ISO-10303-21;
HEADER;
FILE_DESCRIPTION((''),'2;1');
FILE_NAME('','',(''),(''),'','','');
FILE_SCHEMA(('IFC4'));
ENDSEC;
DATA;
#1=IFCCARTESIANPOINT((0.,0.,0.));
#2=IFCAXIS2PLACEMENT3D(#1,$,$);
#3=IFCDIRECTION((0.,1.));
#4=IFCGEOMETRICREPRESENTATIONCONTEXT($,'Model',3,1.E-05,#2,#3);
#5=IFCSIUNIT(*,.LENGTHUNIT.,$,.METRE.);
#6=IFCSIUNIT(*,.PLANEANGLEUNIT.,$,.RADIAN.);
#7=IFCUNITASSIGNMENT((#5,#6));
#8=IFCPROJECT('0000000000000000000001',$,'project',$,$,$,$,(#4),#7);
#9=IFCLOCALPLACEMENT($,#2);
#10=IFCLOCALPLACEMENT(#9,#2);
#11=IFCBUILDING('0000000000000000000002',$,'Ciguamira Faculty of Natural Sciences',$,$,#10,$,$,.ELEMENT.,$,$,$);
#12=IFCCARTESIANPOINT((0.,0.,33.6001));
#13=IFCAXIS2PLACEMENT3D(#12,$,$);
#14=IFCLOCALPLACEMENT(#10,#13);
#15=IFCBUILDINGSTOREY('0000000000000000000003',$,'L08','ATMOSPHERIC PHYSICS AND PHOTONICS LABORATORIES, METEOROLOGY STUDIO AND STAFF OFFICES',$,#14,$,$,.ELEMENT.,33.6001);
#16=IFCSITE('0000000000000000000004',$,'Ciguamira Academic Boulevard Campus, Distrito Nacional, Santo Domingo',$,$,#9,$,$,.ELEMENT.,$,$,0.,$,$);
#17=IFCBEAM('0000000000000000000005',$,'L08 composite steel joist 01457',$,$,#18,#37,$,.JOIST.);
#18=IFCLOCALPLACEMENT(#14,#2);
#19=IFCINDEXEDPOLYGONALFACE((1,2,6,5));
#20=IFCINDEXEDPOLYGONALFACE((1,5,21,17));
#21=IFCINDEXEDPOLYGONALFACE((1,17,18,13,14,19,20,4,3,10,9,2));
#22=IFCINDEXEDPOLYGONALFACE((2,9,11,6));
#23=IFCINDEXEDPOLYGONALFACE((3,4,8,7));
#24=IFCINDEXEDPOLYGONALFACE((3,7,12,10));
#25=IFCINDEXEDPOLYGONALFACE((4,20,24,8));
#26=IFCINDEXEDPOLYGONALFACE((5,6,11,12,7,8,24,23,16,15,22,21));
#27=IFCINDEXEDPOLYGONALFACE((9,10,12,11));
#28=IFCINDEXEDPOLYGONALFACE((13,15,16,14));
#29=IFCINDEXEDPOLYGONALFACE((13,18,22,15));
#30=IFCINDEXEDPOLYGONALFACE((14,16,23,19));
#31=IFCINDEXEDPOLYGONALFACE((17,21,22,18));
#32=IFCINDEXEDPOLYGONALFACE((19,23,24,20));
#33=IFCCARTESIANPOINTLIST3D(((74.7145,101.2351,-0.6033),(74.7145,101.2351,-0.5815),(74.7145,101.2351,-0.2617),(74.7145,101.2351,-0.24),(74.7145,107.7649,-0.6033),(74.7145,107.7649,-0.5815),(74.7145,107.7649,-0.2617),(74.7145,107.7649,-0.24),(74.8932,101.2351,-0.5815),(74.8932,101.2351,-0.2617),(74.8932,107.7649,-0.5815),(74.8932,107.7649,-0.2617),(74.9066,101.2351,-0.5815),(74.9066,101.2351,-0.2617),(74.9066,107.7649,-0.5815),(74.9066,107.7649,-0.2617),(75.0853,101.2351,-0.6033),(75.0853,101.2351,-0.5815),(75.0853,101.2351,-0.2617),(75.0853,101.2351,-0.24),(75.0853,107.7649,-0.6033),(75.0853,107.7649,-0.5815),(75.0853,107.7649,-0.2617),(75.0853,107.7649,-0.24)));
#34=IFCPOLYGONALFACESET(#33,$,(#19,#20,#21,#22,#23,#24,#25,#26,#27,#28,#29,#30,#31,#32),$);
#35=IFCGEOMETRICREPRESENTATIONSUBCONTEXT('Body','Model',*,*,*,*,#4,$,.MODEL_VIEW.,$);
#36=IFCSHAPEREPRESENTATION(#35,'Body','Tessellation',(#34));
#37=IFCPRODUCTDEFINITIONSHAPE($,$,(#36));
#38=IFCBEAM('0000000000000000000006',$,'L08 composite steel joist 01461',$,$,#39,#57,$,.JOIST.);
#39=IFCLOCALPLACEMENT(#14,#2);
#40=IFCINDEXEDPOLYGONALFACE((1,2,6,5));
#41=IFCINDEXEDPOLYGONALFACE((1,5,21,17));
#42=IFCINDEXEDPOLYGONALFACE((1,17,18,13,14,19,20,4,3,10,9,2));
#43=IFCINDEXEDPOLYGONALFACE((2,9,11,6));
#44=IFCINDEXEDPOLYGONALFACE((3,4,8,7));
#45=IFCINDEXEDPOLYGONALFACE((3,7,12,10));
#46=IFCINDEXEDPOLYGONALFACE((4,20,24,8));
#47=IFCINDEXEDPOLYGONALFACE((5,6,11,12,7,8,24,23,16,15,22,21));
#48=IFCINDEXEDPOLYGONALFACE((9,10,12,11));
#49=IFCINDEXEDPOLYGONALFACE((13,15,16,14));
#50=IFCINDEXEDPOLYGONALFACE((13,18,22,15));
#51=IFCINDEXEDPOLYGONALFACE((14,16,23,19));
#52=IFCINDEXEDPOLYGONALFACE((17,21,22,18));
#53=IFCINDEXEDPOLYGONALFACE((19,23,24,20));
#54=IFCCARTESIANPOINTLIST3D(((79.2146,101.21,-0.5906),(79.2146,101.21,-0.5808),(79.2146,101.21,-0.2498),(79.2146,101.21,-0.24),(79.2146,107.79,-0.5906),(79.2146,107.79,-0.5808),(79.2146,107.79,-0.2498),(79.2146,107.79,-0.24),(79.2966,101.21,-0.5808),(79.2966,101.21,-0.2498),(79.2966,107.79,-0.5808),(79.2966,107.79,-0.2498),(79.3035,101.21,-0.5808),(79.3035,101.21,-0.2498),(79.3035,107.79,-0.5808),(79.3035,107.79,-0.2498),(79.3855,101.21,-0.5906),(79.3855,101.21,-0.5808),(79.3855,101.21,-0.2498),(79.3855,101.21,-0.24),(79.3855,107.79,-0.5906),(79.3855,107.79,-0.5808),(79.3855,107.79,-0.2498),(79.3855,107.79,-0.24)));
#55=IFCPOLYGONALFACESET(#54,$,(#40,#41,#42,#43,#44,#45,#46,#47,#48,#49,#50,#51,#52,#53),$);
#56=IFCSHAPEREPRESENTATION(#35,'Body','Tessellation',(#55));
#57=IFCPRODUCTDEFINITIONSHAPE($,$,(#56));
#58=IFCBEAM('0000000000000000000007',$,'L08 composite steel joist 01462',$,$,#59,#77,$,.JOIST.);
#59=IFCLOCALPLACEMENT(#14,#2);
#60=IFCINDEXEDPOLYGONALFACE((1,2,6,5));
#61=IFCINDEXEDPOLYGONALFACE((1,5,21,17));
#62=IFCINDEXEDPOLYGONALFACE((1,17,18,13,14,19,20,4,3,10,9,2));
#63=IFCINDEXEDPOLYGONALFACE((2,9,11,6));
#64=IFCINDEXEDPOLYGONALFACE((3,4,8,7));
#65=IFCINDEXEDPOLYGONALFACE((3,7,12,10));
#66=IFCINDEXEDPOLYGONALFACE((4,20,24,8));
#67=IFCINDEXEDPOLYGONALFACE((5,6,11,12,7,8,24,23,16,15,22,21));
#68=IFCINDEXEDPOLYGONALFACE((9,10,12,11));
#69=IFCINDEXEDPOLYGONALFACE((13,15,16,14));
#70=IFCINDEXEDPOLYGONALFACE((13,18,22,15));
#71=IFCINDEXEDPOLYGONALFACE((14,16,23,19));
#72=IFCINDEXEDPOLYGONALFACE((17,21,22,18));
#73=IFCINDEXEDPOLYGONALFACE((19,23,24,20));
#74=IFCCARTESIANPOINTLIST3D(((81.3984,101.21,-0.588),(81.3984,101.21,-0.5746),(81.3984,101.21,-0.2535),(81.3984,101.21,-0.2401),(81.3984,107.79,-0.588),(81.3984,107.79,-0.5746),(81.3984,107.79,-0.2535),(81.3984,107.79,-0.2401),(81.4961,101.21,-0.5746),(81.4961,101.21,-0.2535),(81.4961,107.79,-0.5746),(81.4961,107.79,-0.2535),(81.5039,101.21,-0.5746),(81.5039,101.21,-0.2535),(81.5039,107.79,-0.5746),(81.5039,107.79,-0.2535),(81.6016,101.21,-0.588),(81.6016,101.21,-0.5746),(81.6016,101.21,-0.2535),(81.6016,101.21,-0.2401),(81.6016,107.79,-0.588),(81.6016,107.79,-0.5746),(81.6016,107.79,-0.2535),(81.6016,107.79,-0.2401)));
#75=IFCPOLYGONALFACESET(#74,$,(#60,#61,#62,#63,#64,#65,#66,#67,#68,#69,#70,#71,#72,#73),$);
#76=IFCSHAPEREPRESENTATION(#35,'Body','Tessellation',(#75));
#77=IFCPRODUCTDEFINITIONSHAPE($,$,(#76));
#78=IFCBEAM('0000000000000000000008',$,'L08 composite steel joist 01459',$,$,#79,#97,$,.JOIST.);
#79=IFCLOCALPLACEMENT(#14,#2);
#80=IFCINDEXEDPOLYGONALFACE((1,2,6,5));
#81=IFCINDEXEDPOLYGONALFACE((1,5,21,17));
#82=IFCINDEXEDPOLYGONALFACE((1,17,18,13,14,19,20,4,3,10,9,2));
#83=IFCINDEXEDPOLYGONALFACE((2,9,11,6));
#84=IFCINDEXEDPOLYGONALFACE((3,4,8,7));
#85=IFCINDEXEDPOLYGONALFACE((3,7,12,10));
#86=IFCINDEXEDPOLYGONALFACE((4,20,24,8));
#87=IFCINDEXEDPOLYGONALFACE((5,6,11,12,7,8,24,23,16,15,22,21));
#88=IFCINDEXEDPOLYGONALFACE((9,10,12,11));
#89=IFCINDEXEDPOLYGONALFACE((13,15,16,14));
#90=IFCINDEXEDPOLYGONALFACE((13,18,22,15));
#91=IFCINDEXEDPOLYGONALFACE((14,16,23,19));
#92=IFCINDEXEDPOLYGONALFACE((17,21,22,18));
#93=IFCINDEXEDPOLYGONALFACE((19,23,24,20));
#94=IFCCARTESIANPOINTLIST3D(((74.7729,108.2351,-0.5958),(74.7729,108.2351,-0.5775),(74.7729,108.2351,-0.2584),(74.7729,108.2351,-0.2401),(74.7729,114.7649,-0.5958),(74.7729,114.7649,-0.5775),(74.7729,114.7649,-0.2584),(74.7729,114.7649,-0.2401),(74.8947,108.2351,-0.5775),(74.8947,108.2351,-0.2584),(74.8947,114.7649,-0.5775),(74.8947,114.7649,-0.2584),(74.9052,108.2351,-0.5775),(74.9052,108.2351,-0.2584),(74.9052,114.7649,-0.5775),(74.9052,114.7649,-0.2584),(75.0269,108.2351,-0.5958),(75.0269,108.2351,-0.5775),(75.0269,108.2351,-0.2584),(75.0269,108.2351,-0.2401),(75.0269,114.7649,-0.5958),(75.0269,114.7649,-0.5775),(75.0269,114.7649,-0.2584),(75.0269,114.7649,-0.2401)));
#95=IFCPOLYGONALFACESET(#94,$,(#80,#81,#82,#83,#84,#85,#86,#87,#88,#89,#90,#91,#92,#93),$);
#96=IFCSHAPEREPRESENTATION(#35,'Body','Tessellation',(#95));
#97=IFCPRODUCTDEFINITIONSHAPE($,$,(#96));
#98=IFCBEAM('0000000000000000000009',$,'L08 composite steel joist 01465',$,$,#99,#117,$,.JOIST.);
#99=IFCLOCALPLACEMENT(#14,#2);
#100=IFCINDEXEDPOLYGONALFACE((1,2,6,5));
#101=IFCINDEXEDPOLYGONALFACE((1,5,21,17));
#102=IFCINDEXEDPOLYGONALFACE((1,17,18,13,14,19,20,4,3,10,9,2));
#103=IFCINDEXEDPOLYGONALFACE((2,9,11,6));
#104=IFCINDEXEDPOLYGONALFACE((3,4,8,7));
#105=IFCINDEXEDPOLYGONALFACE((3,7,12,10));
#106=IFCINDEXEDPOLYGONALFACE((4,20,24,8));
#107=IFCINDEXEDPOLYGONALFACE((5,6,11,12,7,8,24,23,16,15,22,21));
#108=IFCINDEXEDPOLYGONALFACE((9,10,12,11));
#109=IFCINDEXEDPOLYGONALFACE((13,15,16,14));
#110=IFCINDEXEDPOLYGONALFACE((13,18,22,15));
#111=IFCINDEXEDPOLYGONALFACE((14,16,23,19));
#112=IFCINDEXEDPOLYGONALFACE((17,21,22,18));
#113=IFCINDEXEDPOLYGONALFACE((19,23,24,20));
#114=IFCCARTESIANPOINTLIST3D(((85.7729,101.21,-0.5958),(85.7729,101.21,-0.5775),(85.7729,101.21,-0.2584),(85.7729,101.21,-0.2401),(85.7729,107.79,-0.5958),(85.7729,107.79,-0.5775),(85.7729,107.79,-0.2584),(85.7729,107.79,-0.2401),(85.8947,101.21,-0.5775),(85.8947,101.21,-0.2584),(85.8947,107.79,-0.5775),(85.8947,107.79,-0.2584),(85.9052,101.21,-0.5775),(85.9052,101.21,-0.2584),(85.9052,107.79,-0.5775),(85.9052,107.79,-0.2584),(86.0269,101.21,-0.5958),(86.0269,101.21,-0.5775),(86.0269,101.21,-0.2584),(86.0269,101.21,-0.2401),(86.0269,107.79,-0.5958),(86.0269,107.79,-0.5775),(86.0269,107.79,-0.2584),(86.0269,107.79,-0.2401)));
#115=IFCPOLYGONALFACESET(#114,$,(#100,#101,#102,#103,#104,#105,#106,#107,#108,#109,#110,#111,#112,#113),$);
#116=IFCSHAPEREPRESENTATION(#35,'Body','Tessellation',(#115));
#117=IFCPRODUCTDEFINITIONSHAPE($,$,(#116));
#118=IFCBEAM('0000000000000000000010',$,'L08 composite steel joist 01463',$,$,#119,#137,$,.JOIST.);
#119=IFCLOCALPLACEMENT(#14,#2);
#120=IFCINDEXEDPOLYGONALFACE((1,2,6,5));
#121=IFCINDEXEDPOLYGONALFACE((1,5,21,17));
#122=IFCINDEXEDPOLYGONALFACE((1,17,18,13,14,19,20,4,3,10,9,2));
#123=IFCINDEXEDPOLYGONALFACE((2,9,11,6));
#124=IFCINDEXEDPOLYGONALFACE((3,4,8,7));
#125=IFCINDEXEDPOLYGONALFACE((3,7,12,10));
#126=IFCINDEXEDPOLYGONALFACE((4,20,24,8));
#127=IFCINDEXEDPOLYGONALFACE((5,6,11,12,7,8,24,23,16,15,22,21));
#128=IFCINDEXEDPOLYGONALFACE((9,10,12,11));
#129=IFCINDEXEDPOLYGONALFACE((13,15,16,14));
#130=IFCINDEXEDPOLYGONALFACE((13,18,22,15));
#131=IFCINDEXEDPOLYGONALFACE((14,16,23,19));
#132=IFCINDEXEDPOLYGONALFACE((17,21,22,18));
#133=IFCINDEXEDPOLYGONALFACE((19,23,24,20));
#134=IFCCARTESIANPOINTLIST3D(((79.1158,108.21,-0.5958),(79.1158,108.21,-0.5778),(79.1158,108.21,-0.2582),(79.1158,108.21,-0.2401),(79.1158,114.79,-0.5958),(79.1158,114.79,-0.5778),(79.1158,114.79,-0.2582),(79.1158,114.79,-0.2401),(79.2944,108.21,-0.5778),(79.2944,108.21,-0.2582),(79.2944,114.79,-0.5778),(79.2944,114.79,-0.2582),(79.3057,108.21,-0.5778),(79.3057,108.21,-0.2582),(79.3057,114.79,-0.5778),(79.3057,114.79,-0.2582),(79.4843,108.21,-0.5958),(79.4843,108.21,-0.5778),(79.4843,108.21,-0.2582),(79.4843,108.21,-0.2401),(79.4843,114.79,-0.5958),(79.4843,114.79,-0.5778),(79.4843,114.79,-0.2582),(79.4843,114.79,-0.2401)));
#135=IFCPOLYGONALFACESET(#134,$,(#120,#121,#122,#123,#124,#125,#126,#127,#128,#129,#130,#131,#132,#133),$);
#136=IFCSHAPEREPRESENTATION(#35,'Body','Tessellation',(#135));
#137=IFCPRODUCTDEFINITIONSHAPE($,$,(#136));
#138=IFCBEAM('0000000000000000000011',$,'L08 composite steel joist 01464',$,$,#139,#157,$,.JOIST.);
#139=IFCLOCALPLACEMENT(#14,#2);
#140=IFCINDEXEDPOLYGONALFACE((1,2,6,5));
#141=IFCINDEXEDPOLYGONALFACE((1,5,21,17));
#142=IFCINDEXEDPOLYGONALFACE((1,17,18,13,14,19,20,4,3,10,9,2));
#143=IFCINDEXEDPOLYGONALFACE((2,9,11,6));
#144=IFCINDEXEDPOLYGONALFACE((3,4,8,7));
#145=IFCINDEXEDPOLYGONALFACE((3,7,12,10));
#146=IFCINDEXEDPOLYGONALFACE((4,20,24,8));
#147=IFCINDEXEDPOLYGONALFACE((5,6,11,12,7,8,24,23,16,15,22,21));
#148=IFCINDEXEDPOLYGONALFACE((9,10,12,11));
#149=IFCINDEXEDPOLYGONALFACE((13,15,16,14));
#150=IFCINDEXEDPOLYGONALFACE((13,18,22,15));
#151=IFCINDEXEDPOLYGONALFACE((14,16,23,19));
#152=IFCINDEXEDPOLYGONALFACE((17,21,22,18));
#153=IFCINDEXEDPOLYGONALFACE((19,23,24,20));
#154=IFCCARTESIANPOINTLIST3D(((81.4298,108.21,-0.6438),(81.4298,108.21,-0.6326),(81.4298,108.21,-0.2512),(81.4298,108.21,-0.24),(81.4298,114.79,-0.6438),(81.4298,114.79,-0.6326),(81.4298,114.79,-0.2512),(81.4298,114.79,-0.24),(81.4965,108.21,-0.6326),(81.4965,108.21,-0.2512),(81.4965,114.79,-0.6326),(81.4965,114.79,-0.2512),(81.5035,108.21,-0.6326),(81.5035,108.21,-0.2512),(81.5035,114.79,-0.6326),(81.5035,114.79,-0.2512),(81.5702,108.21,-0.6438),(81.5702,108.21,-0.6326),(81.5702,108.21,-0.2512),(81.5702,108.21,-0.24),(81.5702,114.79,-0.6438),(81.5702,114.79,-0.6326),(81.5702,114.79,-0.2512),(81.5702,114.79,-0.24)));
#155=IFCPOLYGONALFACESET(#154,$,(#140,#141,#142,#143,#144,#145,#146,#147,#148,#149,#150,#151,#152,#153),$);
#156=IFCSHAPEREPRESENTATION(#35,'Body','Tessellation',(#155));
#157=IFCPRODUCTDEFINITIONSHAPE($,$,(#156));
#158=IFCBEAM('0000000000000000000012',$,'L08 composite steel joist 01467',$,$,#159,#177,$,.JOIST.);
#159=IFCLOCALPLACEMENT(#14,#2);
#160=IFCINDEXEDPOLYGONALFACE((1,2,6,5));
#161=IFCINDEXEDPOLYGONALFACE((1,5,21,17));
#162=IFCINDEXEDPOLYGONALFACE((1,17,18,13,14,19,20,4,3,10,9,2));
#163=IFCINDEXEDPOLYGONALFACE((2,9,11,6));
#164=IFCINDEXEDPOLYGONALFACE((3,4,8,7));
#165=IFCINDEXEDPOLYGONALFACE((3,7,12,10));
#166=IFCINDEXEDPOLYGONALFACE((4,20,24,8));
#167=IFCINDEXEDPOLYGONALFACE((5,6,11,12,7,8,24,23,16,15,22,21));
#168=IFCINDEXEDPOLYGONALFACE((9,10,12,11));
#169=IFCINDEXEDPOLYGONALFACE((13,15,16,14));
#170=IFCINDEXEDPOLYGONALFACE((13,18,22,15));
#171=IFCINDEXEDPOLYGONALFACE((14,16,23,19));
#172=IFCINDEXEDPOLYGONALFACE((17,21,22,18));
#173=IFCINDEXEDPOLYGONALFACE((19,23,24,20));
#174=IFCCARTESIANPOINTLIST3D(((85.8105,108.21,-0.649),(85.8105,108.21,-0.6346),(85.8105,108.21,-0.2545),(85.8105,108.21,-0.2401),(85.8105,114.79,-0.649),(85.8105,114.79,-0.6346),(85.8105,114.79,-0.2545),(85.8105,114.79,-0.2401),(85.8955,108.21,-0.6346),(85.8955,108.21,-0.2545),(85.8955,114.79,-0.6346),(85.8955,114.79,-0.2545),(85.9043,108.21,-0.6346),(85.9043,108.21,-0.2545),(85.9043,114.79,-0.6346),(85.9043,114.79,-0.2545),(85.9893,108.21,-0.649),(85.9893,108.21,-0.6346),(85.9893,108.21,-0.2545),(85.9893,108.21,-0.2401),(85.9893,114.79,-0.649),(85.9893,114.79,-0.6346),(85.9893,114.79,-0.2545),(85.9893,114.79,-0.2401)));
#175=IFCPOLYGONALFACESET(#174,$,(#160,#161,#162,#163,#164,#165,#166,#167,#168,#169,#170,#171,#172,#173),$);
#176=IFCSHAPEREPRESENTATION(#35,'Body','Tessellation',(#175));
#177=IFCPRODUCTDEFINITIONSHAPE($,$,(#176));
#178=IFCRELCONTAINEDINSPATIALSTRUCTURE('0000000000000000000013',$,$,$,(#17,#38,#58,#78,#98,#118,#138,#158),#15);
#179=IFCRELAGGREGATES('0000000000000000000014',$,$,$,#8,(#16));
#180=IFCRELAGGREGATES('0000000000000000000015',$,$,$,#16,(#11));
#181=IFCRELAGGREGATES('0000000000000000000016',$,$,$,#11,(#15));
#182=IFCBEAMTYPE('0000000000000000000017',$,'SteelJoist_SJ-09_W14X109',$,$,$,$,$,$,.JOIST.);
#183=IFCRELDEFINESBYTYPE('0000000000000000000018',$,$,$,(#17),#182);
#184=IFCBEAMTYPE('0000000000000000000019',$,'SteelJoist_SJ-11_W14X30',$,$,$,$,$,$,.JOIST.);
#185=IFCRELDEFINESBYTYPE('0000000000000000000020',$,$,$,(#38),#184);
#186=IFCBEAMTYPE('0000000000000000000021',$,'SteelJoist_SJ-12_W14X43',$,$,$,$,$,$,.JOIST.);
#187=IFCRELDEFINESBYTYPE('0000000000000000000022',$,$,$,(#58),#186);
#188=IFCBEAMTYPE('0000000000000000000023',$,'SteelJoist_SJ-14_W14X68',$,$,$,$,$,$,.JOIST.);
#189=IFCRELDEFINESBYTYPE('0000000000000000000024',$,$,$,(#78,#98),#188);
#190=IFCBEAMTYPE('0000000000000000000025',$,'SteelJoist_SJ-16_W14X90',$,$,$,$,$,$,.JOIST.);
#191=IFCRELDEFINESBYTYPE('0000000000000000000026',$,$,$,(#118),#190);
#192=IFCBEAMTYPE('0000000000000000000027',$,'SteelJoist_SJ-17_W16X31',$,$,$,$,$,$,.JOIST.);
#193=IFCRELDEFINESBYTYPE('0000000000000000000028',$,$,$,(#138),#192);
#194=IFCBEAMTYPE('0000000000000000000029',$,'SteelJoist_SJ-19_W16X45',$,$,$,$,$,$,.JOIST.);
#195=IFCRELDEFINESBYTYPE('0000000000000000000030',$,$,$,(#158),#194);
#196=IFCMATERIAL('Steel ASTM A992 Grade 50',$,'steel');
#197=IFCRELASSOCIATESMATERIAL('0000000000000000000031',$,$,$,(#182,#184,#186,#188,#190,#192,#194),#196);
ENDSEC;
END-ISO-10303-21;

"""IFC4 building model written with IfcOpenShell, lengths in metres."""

from ifc_helpers import new_model, si_unit, direction, frame, origin, origin_2d, place, context, subcontext, project, spatial, i_section, extrude, material, material_profile, profile_set, type_object, element, save


model = new_model("IFC4")

# Units and contexts
model_context = context("Model", 3, precision=1e-05, world=origin(), true_north=direction((0.0, 1.0)))
body_context = subcontext(model_context, "Body", "Model", "MODEL_VIEW")
ifc_project = project(units=[si_unit("LENGTHUNIT", "METRE"), si_unit("PLANEANGLEUNIT", "RADIAN")], contexts=[model_context])

# Site, building, storey
site_placement = place(None, origin())
site = spatial("IfcSite", under=ifc_project, at=site_placement, Name="Ciguamira Academic Boulevard Campus, Distrito Nacional, Santo Domingo", CompositionType="ELEMENT", RefElevation=0.0)
building_placement = place(site_placement, origin())
building = spatial("IfcBuilding", under=site, at=building_placement, Name="Ciguamira Faculty of Natural Sciences", CompositionType="ELEMENT")
storey_placement = place(building_placement, frame((0.0, 0.0, 33.6001)))
storey = spatial("IfcBuildingStorey", under=building, at=storey_placement, Name="L08", Description="ATMOSPHERIC PHYSICS AND PHOTONICS LABORATORIES, METEOROLOGY STUDIO AND STAFF OFFICES", CompositionType="ELEMENT", Elevation=33.6001)

# Beams
ifc_material_1 = material(Name="Steel ASTM A992 Grade 50", Category="steel")
ifc_material_profile_1 = material_profile(ifc_material_1, i_section(OverallWidth=0.3708, OverallDepth=0.3633, WebThickness=0.0134, FlangeThickness=0.0217, at=origin_2d()), Name="W14X109")
ifc_profile_set_1 = profile_set([ifc_material_profile_1], Name="Steel ASTM A992 Grade 50")
beam_type_1 = type_object("IfcBeamType", Name="SteelJoist_SJ-09_W14X109", PredefinedType="JOIST", material=ifc_profile_set_1)
beam_1_placement = place(storey_placement, frame((74.8999, 101.2351, -0.4216), z_axis=(0.0, 1.0, 0.0), x_axis=(-1.0, 0.0, 0.0)))
element("IfcBeam", 1, at=beam_1_placement, inside=storey, type_object=beam_type_1, Name="L08 composite steel joist 01457", PredefinedType="JOIST", context=body_context, shape_type="SweptSolid", body=[
    extrude(i_section(OverallWidth=0.3708, OverallDepth=0.3633, WebThickness=0.0134, FlangeThickness=0.0217, at=origin_2d()), origin(), (0.0, 0.0, 1.0), 6.5298),
])
ifc_material_profile_2 = material_profile(ifc_material_1, i_section(OverallWidth=0.1709, OverallDepth=0.3506, WebThickness=0.0068, FlangeThickness=0.0098, at=origin_2d()), Name="W14X30")
ifc_profile_set_2 = profile_set([ifc_material_profile_2], Name="Steel ASTM A992 Grade 50")
beam_type_2 = type_object("IfcBeamType", Name="SteelJoist_SJ-11_W14X30", PredefinedType="JOIST", material=ifc_profile_set_2)
beam_2_placement = place(storey_placement, frame((79.3, 101.21, -0.4153), z_axis=(0.0, 1.0, 0.0), x_axis=(-1.0, 0.0, 0.0)))
element("IfcBeam", 2, at=beam_2_placement, inside=storey, type_object=beam_type_2, Name="L08 composite steel joist 01461", PredefinedType="JOIST", context=body_context, shape_type="SweptSolid", body=[
    extrude(i_section(OverallWidth=0.1709, OverallDepth=0.3506, WebThickness=0.0068, FlangeThickness=0.0098, at=origin_2d()), origin(), (0.0, 0.0, 1.0), 6.5801),
])
ifc_material_profile_3 = material_profile(ifc_material_1, i_section(OverallWidth=0.2031, OverallDepth=0.3479, WebThickness=0.0078, FlangeThickness=0.0134, at=origin_2d()), Name="W14X43")
ifc_profile_set_3 = profile_set([ifc_material_profile_3], Name="Steel ASTM A992 Grade 50")
beam_type_3 = type_object("IfcBeamType", Name="SteelJoist_SJ-12_W14X43", PredefinedType="JOIST", material=ifc_profile_set_3)
beam_3_placement = place(storey_placement, frame((81.5, 101.21, -0.4141), z_axis=(0.0, 1.0, 0.0), x_axis=(-1.0, 0.0, 0.0)))
element("IfcBeam", 3, at=beam_3_placement, inside=storey, type_object=beam_type_3, Name="L08 composite steel joist 01462", PredefinedType="JOIST", context=body_context, shape_type="SweptSolid", body=[
    extrude(i_section(OverallWidth=0.2031, OverallDepth=0.3479, WebThickness=0.0078, FlangeThickness=0.0134, at=origin_2d()), origin(), (0.0, 0.0, 1.0), 6.5801),
])
ifc_material_profile_4 = material_profile(ifc_material_1, i_section(OverallWidth=0.2539, OverallDepth=0.3557, WebThickness=0.0105, FlangeThickness=0.0183, at=origin_2d()), Name="W14X68")
ifc_profile_set_4 = profile_set([ifc_material_profile_4], Name="Steel ASTM A992 Grade 50")
beam_type_4 = type_object("IfcBeamType", Name="SteelJoist_SJ-14_W14X68", PredefinedType="JOIST", material=ifc_profile_set_4)
beam_4_placement = place(storey_placement, frame((74.8999, 108.2351, -0.418), z_axis=(0.0, 1.0, 0.0), x_axis=(-1.0, 0.0, 0.0)))
element("IfcBeam", 4, at=beam_4_placement, inside=storey, type_object=beam_type_4, Name="L08 composite steel joist 01459", PredefinedType="JOIST", context=body_context, shape_type="SweptSolid", body=[
    extrude(i_section(OverallWidth=0.2539, OverallDepth=0.3557, WebThickness=0.0105, FlangeThickness=0.0183, at=origin_2d()), origin(), (0.0, 0.0, 1.0), 6.5298),
])
beam_5_placement = place(storey_placement, frame((85.8999, 101.21, -0.418), z_axis=(0.0, 1.0, 0.0), x_axis=(-1.0, 0.0, 0.0)))
element("IfcBeam", 5, at=beam_5_placement, inside=storey, type_object=beam_type_4, Name="L08 composite steel joist 01465", PredefinedType="JOIST", context=body_context, shape_type="SweptSolid", body=[
    extrude(i_section(OverallWidth=0.2539, OverallDepth=0.3557, WebThickness=0.0105, FlangeThickness=0.0183, at=origin_2d()), origin(), (0.0, 0.0, 1.0), 6.5801),
])
ifc_material_profile_5 = material_profile(ifc_material_1, i_section(OverallWidth=0.3684, OverallDepth=0.3557, WebThickness=0.0112, FlangeThickness=0.0181, at=origin_2d()), Name="W14X90")
ifc_profile_set_5 = profile_set([ifc_material_profile_5], Name="Steel ASTM A992 Grade 50")
beam_type_5 = type_object("IfcBeamType", Name="SteelJoist_SJ-16_W14X90", PredefinedType="JOIST", material=ifc_profile_set_5)
beam_6_placement = place(storey_placement, frame((79.3, 108.21, -0.418), z_axis=(0.0, 1.0, 0.0), x_axis=(-1.0, 0.0, 0.0)))
element("IfcBeam", 6, at=beam_6_placement, inside=storey, type_object=beam_type_5, Name="L08 composite steel joist 01463", PredefinedType="JOIST", context=body_context, shape_type="SweptSolid", body=[
    extrude(i_section(OverallWidth=0.3684, OverallDepth=0.3557, WebThickness=0.0112, FlangeThickness=0.0181, at=origin_2d()), origin(), (0.0, 0.0, 1.0), 6.5801),
])
ifc_material_profile_6 = material_profile(ifc_material_1, i_section(OverallWidth=0.1404, OverallDepth=0.4038, WebThickness=0.0071, FlangeThickness=0.0112, at=origin_2d()), Name="W16X31")
ifc_profile_set_6 = profile_set([ifc_material_profile_6], Name="Steel ASTM A992 Grade 50")
beam_type_6 = type_object("IfcBeamType", Name="SteelJoist_SJ-17_W16X31", PredefinedType="JOIST", material=ifc_profile_set_6)
beam_7_placement = place(storey_placement, frame((81.5, 108.21, -0.4419), z_axis=(0.0, 1.0, 0.0), x_axis=(-1.0, 0.0, 0.0)))
element("IfcBeam", 7, at=beam_7_placement, inside=storey, type_object=beam_type_6, Name="L08 composite steel joist 01464", PredefinedType="JOIST", context=body_context, shape_type="SweptSolid", body=[
    extrude(i_section(OverallWidth=0.1404, OverallDepth=0.4038, WebThickness=0.0071, FlangeThickness=0.0112, at=origin_2d()), origin(), (0.0, 0.0, 1.0), 6.5801),
])
ifc_material_profile_7 = material_profile(ifc_material_1, i_section(OverallWidth=0.1787, OverallDepth=0.4089, WebThickness=0.0088, FlangeThickness=0.0144, at=origin_2d()), Name="W16X45")
ifc_profile_set_7 = profile_set([ifc_material_profile_7], Name="Steel ASTM A992 Grade 50")
beam_type_7 = type_object("IfcBeamType", Name="SteelJoist_SJ-19_W16X45", PredefinedType="JOIST", material=ifc_profile_set_7)
beam_8_placement = place(storey_placement, frame((85.8999, 108.21, -0.4446), z_axis=(0.0, 1.0, 0.0), x_axis=(-1.0, 0.0, 0.0)))
element("IfcBeam", 8, at=beam_8_placement, inside=storey, type_object=beam_type_7, Name="L08 composite steel joist 01467", PredefinedType="JOIST", context=body_context, shape_type="SweptSolid", body=[
    extrude(i_section(OverallWidth=0.1787, OverallDepth=0.4089, WebThickness=0.0088, FlangeThickness=0.0144, at=origin_2d()), origin(), (0.0, 0.0, 1.0), 6.5801),
])

save(model, "model.ifc")
